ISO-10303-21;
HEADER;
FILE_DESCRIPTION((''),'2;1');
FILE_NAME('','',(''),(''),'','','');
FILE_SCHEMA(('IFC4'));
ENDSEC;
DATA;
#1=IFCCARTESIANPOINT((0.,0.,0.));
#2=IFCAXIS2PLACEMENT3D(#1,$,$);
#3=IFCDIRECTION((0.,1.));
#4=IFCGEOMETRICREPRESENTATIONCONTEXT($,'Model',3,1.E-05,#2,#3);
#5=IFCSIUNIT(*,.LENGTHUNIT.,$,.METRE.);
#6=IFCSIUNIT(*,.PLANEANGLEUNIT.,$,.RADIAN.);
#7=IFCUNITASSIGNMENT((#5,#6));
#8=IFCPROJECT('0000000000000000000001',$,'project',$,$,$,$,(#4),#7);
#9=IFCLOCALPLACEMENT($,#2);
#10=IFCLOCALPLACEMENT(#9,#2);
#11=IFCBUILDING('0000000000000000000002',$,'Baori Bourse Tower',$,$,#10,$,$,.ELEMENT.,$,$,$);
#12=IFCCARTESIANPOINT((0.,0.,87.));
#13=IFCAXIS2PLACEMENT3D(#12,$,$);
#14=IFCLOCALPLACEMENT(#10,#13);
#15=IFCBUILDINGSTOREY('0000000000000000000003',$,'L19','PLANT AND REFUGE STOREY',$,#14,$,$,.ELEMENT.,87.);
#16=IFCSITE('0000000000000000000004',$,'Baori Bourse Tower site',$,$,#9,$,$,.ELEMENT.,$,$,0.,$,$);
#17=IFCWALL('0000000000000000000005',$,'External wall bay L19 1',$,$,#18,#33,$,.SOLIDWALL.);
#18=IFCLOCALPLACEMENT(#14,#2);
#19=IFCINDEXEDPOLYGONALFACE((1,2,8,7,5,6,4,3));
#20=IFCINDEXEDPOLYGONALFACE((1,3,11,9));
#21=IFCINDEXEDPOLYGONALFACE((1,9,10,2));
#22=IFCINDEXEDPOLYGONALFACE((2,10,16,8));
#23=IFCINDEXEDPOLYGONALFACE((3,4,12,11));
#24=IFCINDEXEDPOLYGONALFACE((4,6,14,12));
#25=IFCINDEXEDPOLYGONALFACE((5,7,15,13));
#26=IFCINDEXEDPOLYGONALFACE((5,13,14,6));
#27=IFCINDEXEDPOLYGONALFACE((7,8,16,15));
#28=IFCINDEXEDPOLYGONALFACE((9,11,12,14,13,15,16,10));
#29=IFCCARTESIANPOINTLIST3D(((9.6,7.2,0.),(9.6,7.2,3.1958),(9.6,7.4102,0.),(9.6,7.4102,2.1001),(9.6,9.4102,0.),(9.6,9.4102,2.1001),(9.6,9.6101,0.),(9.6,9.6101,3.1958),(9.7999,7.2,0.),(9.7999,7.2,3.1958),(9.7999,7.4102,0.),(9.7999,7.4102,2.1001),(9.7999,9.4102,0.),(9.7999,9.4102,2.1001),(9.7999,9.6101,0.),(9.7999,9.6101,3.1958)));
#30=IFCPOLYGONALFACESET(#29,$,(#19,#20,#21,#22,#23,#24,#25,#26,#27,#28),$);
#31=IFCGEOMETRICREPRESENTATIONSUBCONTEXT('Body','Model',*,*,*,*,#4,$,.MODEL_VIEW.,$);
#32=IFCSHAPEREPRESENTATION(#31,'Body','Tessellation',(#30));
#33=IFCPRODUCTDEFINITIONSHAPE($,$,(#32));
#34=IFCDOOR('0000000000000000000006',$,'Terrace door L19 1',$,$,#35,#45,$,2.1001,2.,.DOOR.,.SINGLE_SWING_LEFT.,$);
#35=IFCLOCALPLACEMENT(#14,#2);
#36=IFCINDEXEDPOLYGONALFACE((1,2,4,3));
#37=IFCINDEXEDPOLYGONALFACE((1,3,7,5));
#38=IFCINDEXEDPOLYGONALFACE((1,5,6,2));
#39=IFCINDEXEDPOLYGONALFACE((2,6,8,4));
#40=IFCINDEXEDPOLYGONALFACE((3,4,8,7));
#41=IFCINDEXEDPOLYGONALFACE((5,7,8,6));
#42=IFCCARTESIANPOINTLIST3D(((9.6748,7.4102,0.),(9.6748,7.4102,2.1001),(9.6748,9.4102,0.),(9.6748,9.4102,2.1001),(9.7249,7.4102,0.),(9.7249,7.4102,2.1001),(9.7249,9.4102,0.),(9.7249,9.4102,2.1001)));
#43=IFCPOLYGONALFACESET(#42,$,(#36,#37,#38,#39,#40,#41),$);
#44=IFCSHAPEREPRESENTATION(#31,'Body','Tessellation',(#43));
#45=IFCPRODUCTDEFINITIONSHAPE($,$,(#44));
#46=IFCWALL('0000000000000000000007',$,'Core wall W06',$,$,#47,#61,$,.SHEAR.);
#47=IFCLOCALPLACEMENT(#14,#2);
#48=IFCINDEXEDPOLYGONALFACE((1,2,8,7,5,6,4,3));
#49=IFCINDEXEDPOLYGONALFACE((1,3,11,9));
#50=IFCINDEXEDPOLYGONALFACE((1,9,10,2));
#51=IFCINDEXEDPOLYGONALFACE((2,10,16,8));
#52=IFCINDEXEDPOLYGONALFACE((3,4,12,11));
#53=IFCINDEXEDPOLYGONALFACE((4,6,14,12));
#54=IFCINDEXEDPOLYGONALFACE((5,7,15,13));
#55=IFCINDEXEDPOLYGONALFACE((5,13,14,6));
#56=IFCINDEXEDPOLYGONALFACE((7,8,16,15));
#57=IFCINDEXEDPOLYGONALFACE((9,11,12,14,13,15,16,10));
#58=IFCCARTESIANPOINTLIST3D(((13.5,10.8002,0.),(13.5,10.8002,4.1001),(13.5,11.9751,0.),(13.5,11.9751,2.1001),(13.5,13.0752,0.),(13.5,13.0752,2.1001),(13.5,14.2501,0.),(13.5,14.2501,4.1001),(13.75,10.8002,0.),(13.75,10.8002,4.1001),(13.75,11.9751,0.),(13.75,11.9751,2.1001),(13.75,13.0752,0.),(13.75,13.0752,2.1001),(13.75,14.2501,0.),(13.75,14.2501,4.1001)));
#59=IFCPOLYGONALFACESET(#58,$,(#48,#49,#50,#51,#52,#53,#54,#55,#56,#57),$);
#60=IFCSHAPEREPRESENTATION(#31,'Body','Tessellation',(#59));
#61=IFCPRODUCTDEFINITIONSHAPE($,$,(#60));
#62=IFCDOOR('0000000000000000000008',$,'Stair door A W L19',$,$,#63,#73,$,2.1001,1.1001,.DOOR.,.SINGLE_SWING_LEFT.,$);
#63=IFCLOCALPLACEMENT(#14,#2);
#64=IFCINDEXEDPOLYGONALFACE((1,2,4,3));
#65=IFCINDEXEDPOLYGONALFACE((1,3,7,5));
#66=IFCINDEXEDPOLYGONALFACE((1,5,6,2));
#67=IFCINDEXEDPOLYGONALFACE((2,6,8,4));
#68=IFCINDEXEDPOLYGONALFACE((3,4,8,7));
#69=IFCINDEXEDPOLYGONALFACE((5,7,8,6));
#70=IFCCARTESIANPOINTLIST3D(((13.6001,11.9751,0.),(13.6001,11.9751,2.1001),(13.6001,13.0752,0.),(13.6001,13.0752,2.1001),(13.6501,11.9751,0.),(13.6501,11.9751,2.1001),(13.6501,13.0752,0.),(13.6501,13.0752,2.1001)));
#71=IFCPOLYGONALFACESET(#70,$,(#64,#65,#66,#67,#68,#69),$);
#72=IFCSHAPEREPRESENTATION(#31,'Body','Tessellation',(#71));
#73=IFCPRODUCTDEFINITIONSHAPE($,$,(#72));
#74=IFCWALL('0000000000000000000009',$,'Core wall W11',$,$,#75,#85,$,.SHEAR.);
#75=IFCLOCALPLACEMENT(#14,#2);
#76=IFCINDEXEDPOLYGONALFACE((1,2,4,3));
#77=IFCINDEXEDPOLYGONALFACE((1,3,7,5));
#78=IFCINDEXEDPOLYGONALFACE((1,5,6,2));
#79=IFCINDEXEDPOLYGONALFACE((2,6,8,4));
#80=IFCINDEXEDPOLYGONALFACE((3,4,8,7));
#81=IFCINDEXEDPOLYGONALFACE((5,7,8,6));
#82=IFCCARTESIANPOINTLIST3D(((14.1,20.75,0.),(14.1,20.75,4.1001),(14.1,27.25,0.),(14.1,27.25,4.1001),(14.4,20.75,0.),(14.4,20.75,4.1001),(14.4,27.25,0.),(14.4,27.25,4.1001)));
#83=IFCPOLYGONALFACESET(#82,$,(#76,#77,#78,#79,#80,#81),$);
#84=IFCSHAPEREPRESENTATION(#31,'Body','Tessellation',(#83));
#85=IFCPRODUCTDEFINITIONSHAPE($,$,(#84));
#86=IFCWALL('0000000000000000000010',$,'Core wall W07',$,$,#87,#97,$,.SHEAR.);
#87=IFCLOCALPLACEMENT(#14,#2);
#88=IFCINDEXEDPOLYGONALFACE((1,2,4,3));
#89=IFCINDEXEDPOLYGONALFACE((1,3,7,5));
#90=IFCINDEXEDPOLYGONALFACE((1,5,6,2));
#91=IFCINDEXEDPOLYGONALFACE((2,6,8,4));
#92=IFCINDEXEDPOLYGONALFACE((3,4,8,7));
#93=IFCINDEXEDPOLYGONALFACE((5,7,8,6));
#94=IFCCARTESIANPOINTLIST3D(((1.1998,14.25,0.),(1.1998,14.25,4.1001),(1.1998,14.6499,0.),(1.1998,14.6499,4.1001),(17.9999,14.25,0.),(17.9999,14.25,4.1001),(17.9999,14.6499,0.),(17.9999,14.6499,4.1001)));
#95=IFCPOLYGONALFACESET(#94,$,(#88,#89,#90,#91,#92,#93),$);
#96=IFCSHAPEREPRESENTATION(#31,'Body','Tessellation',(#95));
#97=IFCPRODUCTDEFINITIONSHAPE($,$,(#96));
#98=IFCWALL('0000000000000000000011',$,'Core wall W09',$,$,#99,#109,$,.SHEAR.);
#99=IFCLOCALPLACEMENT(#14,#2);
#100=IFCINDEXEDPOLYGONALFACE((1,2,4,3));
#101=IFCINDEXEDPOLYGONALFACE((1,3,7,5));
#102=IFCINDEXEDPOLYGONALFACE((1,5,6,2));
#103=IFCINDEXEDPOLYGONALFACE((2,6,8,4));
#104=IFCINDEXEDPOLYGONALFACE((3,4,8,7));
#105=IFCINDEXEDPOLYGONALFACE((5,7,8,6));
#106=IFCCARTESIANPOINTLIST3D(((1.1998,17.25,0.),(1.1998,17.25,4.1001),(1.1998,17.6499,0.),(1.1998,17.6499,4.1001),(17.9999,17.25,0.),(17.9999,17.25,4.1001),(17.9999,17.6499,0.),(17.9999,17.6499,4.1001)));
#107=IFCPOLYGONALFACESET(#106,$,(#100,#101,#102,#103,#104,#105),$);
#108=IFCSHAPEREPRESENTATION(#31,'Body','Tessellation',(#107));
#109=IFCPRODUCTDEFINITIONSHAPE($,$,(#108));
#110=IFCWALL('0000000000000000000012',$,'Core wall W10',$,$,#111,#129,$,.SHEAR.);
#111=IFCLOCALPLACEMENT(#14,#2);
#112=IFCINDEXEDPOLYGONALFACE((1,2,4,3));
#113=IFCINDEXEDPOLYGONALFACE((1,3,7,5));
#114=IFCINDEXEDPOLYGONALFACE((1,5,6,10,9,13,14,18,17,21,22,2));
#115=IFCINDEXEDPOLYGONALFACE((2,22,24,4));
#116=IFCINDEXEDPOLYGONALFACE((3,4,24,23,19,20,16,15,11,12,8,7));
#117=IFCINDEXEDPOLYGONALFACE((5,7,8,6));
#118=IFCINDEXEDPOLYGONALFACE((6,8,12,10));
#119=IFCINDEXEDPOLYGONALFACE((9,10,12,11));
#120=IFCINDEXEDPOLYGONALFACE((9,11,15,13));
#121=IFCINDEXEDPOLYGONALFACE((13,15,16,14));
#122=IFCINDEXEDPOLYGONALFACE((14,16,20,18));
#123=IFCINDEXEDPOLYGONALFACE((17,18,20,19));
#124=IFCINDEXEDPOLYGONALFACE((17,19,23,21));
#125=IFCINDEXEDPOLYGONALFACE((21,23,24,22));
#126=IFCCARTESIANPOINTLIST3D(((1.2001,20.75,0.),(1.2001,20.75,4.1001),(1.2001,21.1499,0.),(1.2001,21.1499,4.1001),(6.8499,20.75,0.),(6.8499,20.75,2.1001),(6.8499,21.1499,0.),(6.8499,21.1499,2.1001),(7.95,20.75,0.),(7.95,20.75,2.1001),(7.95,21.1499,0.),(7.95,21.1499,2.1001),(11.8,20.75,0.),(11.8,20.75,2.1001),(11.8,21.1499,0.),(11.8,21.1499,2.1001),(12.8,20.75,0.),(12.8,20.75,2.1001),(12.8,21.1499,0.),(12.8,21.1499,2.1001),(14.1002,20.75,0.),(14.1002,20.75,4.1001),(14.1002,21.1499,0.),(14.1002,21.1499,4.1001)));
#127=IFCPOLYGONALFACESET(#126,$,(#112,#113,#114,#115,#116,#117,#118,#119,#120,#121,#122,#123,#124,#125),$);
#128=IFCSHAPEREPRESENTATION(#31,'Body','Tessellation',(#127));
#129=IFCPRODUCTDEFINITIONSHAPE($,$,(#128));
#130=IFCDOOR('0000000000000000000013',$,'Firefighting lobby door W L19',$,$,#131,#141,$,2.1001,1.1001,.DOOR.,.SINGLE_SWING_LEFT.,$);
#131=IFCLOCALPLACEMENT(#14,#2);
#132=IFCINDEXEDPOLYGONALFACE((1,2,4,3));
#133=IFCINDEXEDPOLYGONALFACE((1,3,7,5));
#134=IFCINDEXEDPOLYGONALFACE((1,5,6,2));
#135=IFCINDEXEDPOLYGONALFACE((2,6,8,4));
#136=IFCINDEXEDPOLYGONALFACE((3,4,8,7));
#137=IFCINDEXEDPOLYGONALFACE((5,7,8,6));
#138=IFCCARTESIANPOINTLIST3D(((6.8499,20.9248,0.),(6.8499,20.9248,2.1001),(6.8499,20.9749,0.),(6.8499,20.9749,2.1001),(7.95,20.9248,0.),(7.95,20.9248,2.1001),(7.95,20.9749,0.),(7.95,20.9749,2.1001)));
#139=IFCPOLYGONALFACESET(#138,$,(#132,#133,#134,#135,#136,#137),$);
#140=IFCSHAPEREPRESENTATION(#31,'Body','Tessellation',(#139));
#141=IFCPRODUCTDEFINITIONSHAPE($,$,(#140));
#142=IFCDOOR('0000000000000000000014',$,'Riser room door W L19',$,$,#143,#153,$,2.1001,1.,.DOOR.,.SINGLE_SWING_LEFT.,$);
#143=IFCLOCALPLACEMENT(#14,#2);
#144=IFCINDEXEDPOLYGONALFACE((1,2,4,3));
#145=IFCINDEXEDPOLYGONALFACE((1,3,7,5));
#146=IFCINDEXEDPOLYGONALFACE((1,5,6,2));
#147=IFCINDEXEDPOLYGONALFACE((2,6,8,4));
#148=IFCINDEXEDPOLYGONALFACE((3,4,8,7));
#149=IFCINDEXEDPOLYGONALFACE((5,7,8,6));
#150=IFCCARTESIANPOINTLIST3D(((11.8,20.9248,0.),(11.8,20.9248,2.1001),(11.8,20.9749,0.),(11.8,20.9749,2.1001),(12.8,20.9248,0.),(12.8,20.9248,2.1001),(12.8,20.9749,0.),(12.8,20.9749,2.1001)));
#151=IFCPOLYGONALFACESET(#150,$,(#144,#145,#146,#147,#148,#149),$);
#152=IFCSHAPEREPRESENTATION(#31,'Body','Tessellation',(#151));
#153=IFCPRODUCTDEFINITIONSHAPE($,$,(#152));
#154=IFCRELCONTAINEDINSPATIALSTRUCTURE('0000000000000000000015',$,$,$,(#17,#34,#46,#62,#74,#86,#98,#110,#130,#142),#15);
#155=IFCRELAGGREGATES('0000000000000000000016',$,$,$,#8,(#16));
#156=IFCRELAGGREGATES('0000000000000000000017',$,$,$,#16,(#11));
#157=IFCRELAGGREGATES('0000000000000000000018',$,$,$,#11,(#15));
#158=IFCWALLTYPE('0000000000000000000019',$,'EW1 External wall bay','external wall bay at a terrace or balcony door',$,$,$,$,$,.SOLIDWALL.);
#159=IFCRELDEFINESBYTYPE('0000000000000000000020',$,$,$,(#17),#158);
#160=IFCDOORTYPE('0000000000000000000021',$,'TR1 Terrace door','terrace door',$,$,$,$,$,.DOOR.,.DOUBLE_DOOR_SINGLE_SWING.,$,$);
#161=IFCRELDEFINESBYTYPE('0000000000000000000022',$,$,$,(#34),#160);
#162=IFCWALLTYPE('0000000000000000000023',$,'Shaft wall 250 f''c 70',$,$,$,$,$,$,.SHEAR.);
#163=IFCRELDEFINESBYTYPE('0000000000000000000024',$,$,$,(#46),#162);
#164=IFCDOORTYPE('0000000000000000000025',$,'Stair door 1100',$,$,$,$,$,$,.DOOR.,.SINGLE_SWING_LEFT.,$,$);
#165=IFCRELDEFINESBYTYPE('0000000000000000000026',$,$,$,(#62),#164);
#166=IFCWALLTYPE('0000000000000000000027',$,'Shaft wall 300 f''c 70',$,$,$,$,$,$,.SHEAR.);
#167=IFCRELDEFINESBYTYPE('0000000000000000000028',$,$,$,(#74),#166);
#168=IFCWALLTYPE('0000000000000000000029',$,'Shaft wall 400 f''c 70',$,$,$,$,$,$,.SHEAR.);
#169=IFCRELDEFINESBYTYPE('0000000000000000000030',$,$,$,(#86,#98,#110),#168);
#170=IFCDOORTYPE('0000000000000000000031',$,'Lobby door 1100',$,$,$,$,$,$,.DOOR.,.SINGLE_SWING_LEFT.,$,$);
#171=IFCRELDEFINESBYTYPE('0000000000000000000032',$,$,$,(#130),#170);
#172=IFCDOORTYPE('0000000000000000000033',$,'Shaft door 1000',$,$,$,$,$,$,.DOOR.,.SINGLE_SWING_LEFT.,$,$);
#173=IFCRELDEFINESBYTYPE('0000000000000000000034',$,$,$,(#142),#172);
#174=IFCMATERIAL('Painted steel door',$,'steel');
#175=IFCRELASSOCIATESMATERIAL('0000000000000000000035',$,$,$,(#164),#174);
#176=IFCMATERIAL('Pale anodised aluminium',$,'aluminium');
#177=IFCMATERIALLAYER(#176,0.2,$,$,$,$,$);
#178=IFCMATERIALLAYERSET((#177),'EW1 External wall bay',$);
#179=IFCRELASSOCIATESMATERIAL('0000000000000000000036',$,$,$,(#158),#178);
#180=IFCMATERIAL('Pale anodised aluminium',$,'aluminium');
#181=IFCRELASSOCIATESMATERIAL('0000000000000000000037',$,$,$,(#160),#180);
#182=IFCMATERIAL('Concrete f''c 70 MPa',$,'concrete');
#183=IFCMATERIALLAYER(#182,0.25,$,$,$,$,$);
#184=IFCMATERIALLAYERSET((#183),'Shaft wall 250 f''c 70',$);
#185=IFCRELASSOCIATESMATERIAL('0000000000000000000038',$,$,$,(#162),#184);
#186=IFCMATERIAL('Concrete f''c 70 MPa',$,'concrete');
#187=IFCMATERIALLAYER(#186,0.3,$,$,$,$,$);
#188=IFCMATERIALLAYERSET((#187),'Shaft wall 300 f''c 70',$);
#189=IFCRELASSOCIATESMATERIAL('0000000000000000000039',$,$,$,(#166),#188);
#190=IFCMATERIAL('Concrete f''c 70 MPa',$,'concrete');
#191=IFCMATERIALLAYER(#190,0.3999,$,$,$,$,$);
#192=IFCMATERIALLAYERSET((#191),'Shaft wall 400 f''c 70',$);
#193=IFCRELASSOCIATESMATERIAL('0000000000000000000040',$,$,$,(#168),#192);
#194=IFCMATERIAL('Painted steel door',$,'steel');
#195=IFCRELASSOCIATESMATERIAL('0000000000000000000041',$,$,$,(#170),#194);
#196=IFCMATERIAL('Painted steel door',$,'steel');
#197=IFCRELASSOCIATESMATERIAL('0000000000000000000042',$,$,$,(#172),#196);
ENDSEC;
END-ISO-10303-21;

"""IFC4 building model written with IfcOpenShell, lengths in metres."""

from ifc_helpers import new_model, si_unit, direction, frame, frame_2d, origin, place, context, subcontext, project, spatial, rectangle, extrude, material, layer, layer_set, type_object, element, fill, save


model = new_model("IFC4")

# Units and contexts
model_context = context("Model", 3, precision=1e-05, world=origin(), true_north=direction((0.0, 1.0)))
body_context = subcontext(model_context, "Body", "Model", "MODEL_VIEW")
ifc_project = project(units=[si_unit("LENGTHUNIT", "METRE"), si_unit("PLANEANGLEUNIT", "RADIAN")], contexts=[model_context])

# Site, building, storey
site_placement = place(None, origin())
site = spatial("IfcSite", under=ifc_project, at=site_placement, Name="Baori Bourse Tower site", CompositionType="ELEMENT", RefElevation=0.0)
building_placement = place(site_placement, origin())
building = spatial("IfcBuilding", under=site, at=building_placement, Name="Baori Bourse Tower", CompositionType="ELEMENT")
storey_placement = place(building_placement, frame((0.0, 0.0, 87.0)))
storey = spatial("IfcBuildingStorey", under=building, at=storey_placement, Name="L19", Description="PLANT AND REFUGE STOREY", CompositionType="ELEMENT", Elevation=87.0)

# Walls, openings, doors
ifc_material_1 = material(Name="Painted steel door", Category="steel")
door_type_1 = type_object("IfcDoorType", Name="Stair door 1100", OperationType="SINGLE_SWING_LEFT", PredefinedType="DOOR", material=ifc_material_1)
ifc_material_2 = material(Name="Pale anodised aluminium", Category="aluminium")
ifc_layer_1 = layer(ifc_material_2, 0.2)
ifc_layer_set_1 = layer_set([ifc_layer_1], Name="EW1 External wall bay")
wall_type_1 = type_object("IfcWallType", Name="EW1 External wall bay", Description="external wall bay at a terrace or balcony door", PredefinedType="SOLIDWALL", material=ifc_layer_set_1)
wall_1_placement = place(storey_placement, frame((9.7, 9.6101, 0.0), z_axis=(0.0, 0.0, 1.0), x_axis=(0.0, -1.0, 0.0)))
wall_1 = element("IfcWall", 1, at=wall_1_placement, inside=storey, type_object=wall_type_1, Name="External wall bay L19 1", PredefinedType="SOLIDWALL", context=body_context, shape_type="SweptSolid", body=[
    extrude(rectangle(XDim=2.4102, YDim=0.2, at=frame_2d((1.2051, 0.0))), origin(), (0.0, 0.0, 1.0), 3.1958),
])
opening_1_placement = place(wall_1_placement, frame((0.2, 0.0, 0.0)))
opening_1 = element("IfcOpeningElement", 2, at=opening_1_placement, cuts=wall_1, PredefinedType="OPENING", context=body_context, shape_type="SweptSolid", body=[
    extrude(rectangle(XDim=2.0, YDim=2.1001, at=frame_2d((1.0, 1.05))), frame((0.0, 0.1099, 0.0), z_axis=(0.0, -1.0, 0.0), x_axis=(1.0, 0.0, 0.0)), (0.0, 0.0, 1.0), 0.22),
])
ifc_material_3 = material(Name="Pale anodised aluminium", Category="aluminium")
door_type_2 = type_object("IfcDoorType", Name="TR1 Terrace door", Description="terrace door", OperationType="DOUBLE_DOOR_SINGLE_SWING", PredefinedType="DOOR", material=ifc_material_3)
door_1_placement = place(opening_1_placement, origin())
door_1 = element("IfcDoor", 3, at=door_1_placement, inside=storey, type_object=door_type_2, Name="Terrace door L19 1", OperationType="SINGLE_SWING_LEFT", OverallHeight=2.1001, OverallWidth=2.0, PredefinedType="DOOR", context=body_context, shape_type="SweptSolid", body=[
    extrude(rectangle(XDim=2.0, YDim=2.1001, at=frame_2d((1.0, 1.05))), frame((0.0, 0.0249, 0.0), z_axis=(0.0, -1.0, 0.0), x_axis=(1.0, 0.0, 0.0)), (0.0, 0.0, 1.0), 0.05),
])
fill(opening_1, door_1)
ifc_material_4 = material(Name="Concrete f'c 70 MPa", Category="concrete")
ifc_layer_2 = layer(ifc_material_4, 0.25)
ifc_layer_set_2 = layer_set([ifc_layer_2], Name="Shaft wall 250 f'c 70")
wall_type_2 = type_object("IfcWallType", Name="Shaft wall 250 f'c 70", PredefinedType="SHEAR", material=ifc_layer_set_2)
wall_2_placement = place(storey_placement, frame((13.625, 10.8, 0.0), z_axis=(0.0, 0.0, 1.0), x_axis=(0.0, 1.0, 0.0)))
wall_2 = element("IfcWall", 4, at=wall_2_placement, inside=storey, type_object=wall_type_2, Name="Core wall W06", PredefinedType="SHEAR", context=body_context, shape_type="SweptSolid", body=[
    extrude(rectangle(XDim=3.45, YDim=0.25, at=frame_2d((1.7251, 0.0))), origin(), (0.0, 0.0, 1.0), 4.1001),
])
opening_2_placement = place(wall_2_placement, frame((1.175, 0.0, 0.0)))
opening_2 = element("IfcOpeningElement", 5, at=opening_2_placement, cuts=wall_2, PredefinedType="OPENING", context=body_context, shape_type="SweptSolid", body=[
    extrude(rectangle(XDim=1.1001, YDim=2.1001, at=frame_2d((0.55, 1.05))), frame((0.0, 0.135, 0.0), z_axis=(0.0, -1.0, 0.0), x_axis=(1.0, 0.0, 0.0)), (0.0, 0.0, 1.0), 0.27),
])
door_2_placement = place(opening_2_placement, origin())
door_2 = element("IfcDoor", 6, at=door_2_placement, inside=storey, type_object=door_type_1, Name="Stair door A W L19", OperationType="SINGLE_SWING_LEFT", OverallHeight=2.1001, OverallWidth=1.1001, PredefinedType="DOOR", context=body_context, shape_type="SweptSolid", body=[
    extrude(rectangle(XDim=1.1001, YDim=2.1001, at=frame_2d((0.55, 1.05))), frame((0.0, 0.0249, 0.0), z_axis=(0.0, -1.0, 0.0), x_axis=(1.0, 0.0, 0.0)), (0.0, 0.0, 1.0), 0.05),
])
fill(opening_2, door_2)

# Walls
ifc_material_5 = material(Name="Concrete f'c 70 MPa", Category="concrete")
ifc_layer_3 = layer(ifc_material_5, 0.3)
ifc_layer_set_3 = layer_set([ifc_layer_3], Name="Shaft wall 300 f'c 70")
wall_type_3 = type_object("IfcWallType", Name="Shaft wall 300 f'c 70", PredefinedType="SHEAR", material=ifc_layer_set_3)
wall_3_placement = place(storey_placement, frame((14.25, 20.75, 0.0), z_axis=(0.0, 0.0, 1.0), x_axis=(0.0, 1.0, 0.0)))
element("IfcWall", 7, at=wall_3_placement, inside=storey, type_object=wall_type_3, Name="Core wall W11", PredefinedType="SHEAR", context=body_context, shape_type="SweptSolid", body=[
    extrude(rectangle(XDim=6.5, YDim=0.3, at=frame_2d((3.25, 0.0))), origin(), (0.0, 0.0, 1.0), 4.1001),
])
ifc_material_6 = material(Name="Concrete f'c 70 MPa", Category="concrete")
ifc_layer_4 = layer(ifc_material_6, 0.3999)
ifc_layer_set_4 = layer_set([ifc_layer_4], Name="Shaft wall 400 f'c 70")
wall_type_4 = type_object("IfcWallType", Name="Shaft wall 400 f'c 70", PredefinedType="SHEAR", material=ifc_layer_set_4)
for number, where, z_axis, x_axis, name in (
    (8, (1.2, 14.45, 0.0), (0.0, 0.0, 1.0), (1.0, 0.0, 0.0), "Core wall W07"),
    (9, (1.2, 17.45, 0.0), (0.0, 0.0, 1.0), (1.0, 0.0, 0.0), "Core wall W09"),
):
    element("IfcWall", number, at=place(storey_placement, frame(where, z_axis=z_axis, x_axis=x_axis)), inside=storey, type_object=wall_type_4, Name=name, PredefinedType="SHEAR", context=body_context, shape_type="SweptSolid", body=[
        extrude(rectangle(XDim=16.8, YDim=0.3999, at=frame_2d((8.3999, 0.0))), origin(), (0.0, 0.0, 1.0), 4.1001),
    ])

# Wall, openings, doors
wall_4_placement = place(storey_placement, frame((1.2, 20.95, 0.0), z_axis=(0.0, 0.0, 1.0), x_axis=(1.0, 0.0, 0.0)))
wall_4 = element("IfcWall", 10, at=wall_4_placement, inside=storey, type_object=wall_type_4, Name="Core wall W10", PredefinedType="SHEAR", context=body_context, shape_type="SweptSolid", body=[
    extrude(rectangle(XDim=12.9001, YDim=0.3999, at=frame_2d((6.4502, 0.0))), origin(), (0.0, 0.0, 1.0), 4.1001),
])
opening_3_placement = place(wall_4_placement, frame((5.6499, 0.0, 0.0)))
opening_3 = element("IfcOpeningElement", 11, at=opening_3_placement, cuts=wall_4, PredefinedType="OPENING", context=body_context, shape_type="SweptSolid", body=[
    extrude(rectangle(XDim=1.1001, YDim=2.1001, at=frame_2d((0.55, 1.05))), frame((0.0, 0.21, 0.0), z_axis=(0.0, -1.0, 0.0), x_axis=(1.0, 0.0, 0.0)), (0.0, 0.0, 1.0), 0.4199),
])
opening_4_placement = place(wall_4_placement, frame((10.6001, 0.0, 0.0)))
opening_4 = element("IfcOpeningElement", 12, at=opening_4_placement, cuts=wall_4, PredefinedType="OPENING", context=body_context, shape_type="SweptSolid", body=[
    extrude(rectangle(XDim=1.0, YDim=2.1001, at=frame_2d((0.5, 1.05))), frame((0.0, 0.21, 0.0), z_axis=(0.0, -1.0, 0.0), x_axis=(1.0, 0.0, 0.0)), (0.0, 0.0, 1.0), 0.4199),
])
ifc_material_7 = material(Name="Painted steel door", Category="steel")
door_type_3 = type_object("IfcDoorType", Name="Lobby door 1100", OperationType="SINGLE_SWING_LEFT", PredefinedType="DOOR", material=ifc_material_7)
door_3_placement = place(opening_3_placement, origin())
door_3 = element("IfcDoor", 13, at=door_3_placement, inside=storey, type_object=door_type_3, Name="Firefighting lobby door W L19", OperationType="SINGLE_SWING_LEFT", OverallHeight=2.1001, OverallWidth=1.1001, PredefinedType="DOOR", context=body_context, shape_type="SweptSolid", body=[
    extrude(rectangle(XDim=1.1001, YDim=2.1001, at=frame_2d((0.55, 1.05))), frame((0.0, 0.0249, 0.0), z_axis=(0.0, -1.0, 0.0), x_axis=(1.0, 0.0, 0.0)), (0.0, 0.0, 1.0), 0.05),
])
fill(opening_3, door_3)
ifc_material_8 = material(Name="Painted steel door", Category="steel")
door_type_4 = type_object("IfcDoorType", Name="Shaft door 1000", OperationType="SINGLE_SWING_LEFT", PredefinedType="DOOR", material=ifc_material_8)
door_4_placement = place(opening_4_placement, origin())
door_4 = element("IfcDoor", 14, at=door_4_placement, inside=storey, type_object=door_type_4, Name="Riser room door W L19", OperationType="SINGLE_SWING_LEFT", OverallHeight=2.1001, OverallWidth=1.0, PredefinedType="DOOR", context=body_context, shape_type="SweptSolid", body=[
    extrude(rectangle(XDim=1.0, YDim=2.1001, at=frame_2d((0.5, 1.05))), frame((0.0, 0.0249, 0.0), z_axis=(0.0, -1.0, 0.0), x_axis=(1.0, 0.0, 0.0)), (0.0, 0.0, 1.0), 0.05),
])
fill(opening_4, door_4)

save(model, "model.ifc")
